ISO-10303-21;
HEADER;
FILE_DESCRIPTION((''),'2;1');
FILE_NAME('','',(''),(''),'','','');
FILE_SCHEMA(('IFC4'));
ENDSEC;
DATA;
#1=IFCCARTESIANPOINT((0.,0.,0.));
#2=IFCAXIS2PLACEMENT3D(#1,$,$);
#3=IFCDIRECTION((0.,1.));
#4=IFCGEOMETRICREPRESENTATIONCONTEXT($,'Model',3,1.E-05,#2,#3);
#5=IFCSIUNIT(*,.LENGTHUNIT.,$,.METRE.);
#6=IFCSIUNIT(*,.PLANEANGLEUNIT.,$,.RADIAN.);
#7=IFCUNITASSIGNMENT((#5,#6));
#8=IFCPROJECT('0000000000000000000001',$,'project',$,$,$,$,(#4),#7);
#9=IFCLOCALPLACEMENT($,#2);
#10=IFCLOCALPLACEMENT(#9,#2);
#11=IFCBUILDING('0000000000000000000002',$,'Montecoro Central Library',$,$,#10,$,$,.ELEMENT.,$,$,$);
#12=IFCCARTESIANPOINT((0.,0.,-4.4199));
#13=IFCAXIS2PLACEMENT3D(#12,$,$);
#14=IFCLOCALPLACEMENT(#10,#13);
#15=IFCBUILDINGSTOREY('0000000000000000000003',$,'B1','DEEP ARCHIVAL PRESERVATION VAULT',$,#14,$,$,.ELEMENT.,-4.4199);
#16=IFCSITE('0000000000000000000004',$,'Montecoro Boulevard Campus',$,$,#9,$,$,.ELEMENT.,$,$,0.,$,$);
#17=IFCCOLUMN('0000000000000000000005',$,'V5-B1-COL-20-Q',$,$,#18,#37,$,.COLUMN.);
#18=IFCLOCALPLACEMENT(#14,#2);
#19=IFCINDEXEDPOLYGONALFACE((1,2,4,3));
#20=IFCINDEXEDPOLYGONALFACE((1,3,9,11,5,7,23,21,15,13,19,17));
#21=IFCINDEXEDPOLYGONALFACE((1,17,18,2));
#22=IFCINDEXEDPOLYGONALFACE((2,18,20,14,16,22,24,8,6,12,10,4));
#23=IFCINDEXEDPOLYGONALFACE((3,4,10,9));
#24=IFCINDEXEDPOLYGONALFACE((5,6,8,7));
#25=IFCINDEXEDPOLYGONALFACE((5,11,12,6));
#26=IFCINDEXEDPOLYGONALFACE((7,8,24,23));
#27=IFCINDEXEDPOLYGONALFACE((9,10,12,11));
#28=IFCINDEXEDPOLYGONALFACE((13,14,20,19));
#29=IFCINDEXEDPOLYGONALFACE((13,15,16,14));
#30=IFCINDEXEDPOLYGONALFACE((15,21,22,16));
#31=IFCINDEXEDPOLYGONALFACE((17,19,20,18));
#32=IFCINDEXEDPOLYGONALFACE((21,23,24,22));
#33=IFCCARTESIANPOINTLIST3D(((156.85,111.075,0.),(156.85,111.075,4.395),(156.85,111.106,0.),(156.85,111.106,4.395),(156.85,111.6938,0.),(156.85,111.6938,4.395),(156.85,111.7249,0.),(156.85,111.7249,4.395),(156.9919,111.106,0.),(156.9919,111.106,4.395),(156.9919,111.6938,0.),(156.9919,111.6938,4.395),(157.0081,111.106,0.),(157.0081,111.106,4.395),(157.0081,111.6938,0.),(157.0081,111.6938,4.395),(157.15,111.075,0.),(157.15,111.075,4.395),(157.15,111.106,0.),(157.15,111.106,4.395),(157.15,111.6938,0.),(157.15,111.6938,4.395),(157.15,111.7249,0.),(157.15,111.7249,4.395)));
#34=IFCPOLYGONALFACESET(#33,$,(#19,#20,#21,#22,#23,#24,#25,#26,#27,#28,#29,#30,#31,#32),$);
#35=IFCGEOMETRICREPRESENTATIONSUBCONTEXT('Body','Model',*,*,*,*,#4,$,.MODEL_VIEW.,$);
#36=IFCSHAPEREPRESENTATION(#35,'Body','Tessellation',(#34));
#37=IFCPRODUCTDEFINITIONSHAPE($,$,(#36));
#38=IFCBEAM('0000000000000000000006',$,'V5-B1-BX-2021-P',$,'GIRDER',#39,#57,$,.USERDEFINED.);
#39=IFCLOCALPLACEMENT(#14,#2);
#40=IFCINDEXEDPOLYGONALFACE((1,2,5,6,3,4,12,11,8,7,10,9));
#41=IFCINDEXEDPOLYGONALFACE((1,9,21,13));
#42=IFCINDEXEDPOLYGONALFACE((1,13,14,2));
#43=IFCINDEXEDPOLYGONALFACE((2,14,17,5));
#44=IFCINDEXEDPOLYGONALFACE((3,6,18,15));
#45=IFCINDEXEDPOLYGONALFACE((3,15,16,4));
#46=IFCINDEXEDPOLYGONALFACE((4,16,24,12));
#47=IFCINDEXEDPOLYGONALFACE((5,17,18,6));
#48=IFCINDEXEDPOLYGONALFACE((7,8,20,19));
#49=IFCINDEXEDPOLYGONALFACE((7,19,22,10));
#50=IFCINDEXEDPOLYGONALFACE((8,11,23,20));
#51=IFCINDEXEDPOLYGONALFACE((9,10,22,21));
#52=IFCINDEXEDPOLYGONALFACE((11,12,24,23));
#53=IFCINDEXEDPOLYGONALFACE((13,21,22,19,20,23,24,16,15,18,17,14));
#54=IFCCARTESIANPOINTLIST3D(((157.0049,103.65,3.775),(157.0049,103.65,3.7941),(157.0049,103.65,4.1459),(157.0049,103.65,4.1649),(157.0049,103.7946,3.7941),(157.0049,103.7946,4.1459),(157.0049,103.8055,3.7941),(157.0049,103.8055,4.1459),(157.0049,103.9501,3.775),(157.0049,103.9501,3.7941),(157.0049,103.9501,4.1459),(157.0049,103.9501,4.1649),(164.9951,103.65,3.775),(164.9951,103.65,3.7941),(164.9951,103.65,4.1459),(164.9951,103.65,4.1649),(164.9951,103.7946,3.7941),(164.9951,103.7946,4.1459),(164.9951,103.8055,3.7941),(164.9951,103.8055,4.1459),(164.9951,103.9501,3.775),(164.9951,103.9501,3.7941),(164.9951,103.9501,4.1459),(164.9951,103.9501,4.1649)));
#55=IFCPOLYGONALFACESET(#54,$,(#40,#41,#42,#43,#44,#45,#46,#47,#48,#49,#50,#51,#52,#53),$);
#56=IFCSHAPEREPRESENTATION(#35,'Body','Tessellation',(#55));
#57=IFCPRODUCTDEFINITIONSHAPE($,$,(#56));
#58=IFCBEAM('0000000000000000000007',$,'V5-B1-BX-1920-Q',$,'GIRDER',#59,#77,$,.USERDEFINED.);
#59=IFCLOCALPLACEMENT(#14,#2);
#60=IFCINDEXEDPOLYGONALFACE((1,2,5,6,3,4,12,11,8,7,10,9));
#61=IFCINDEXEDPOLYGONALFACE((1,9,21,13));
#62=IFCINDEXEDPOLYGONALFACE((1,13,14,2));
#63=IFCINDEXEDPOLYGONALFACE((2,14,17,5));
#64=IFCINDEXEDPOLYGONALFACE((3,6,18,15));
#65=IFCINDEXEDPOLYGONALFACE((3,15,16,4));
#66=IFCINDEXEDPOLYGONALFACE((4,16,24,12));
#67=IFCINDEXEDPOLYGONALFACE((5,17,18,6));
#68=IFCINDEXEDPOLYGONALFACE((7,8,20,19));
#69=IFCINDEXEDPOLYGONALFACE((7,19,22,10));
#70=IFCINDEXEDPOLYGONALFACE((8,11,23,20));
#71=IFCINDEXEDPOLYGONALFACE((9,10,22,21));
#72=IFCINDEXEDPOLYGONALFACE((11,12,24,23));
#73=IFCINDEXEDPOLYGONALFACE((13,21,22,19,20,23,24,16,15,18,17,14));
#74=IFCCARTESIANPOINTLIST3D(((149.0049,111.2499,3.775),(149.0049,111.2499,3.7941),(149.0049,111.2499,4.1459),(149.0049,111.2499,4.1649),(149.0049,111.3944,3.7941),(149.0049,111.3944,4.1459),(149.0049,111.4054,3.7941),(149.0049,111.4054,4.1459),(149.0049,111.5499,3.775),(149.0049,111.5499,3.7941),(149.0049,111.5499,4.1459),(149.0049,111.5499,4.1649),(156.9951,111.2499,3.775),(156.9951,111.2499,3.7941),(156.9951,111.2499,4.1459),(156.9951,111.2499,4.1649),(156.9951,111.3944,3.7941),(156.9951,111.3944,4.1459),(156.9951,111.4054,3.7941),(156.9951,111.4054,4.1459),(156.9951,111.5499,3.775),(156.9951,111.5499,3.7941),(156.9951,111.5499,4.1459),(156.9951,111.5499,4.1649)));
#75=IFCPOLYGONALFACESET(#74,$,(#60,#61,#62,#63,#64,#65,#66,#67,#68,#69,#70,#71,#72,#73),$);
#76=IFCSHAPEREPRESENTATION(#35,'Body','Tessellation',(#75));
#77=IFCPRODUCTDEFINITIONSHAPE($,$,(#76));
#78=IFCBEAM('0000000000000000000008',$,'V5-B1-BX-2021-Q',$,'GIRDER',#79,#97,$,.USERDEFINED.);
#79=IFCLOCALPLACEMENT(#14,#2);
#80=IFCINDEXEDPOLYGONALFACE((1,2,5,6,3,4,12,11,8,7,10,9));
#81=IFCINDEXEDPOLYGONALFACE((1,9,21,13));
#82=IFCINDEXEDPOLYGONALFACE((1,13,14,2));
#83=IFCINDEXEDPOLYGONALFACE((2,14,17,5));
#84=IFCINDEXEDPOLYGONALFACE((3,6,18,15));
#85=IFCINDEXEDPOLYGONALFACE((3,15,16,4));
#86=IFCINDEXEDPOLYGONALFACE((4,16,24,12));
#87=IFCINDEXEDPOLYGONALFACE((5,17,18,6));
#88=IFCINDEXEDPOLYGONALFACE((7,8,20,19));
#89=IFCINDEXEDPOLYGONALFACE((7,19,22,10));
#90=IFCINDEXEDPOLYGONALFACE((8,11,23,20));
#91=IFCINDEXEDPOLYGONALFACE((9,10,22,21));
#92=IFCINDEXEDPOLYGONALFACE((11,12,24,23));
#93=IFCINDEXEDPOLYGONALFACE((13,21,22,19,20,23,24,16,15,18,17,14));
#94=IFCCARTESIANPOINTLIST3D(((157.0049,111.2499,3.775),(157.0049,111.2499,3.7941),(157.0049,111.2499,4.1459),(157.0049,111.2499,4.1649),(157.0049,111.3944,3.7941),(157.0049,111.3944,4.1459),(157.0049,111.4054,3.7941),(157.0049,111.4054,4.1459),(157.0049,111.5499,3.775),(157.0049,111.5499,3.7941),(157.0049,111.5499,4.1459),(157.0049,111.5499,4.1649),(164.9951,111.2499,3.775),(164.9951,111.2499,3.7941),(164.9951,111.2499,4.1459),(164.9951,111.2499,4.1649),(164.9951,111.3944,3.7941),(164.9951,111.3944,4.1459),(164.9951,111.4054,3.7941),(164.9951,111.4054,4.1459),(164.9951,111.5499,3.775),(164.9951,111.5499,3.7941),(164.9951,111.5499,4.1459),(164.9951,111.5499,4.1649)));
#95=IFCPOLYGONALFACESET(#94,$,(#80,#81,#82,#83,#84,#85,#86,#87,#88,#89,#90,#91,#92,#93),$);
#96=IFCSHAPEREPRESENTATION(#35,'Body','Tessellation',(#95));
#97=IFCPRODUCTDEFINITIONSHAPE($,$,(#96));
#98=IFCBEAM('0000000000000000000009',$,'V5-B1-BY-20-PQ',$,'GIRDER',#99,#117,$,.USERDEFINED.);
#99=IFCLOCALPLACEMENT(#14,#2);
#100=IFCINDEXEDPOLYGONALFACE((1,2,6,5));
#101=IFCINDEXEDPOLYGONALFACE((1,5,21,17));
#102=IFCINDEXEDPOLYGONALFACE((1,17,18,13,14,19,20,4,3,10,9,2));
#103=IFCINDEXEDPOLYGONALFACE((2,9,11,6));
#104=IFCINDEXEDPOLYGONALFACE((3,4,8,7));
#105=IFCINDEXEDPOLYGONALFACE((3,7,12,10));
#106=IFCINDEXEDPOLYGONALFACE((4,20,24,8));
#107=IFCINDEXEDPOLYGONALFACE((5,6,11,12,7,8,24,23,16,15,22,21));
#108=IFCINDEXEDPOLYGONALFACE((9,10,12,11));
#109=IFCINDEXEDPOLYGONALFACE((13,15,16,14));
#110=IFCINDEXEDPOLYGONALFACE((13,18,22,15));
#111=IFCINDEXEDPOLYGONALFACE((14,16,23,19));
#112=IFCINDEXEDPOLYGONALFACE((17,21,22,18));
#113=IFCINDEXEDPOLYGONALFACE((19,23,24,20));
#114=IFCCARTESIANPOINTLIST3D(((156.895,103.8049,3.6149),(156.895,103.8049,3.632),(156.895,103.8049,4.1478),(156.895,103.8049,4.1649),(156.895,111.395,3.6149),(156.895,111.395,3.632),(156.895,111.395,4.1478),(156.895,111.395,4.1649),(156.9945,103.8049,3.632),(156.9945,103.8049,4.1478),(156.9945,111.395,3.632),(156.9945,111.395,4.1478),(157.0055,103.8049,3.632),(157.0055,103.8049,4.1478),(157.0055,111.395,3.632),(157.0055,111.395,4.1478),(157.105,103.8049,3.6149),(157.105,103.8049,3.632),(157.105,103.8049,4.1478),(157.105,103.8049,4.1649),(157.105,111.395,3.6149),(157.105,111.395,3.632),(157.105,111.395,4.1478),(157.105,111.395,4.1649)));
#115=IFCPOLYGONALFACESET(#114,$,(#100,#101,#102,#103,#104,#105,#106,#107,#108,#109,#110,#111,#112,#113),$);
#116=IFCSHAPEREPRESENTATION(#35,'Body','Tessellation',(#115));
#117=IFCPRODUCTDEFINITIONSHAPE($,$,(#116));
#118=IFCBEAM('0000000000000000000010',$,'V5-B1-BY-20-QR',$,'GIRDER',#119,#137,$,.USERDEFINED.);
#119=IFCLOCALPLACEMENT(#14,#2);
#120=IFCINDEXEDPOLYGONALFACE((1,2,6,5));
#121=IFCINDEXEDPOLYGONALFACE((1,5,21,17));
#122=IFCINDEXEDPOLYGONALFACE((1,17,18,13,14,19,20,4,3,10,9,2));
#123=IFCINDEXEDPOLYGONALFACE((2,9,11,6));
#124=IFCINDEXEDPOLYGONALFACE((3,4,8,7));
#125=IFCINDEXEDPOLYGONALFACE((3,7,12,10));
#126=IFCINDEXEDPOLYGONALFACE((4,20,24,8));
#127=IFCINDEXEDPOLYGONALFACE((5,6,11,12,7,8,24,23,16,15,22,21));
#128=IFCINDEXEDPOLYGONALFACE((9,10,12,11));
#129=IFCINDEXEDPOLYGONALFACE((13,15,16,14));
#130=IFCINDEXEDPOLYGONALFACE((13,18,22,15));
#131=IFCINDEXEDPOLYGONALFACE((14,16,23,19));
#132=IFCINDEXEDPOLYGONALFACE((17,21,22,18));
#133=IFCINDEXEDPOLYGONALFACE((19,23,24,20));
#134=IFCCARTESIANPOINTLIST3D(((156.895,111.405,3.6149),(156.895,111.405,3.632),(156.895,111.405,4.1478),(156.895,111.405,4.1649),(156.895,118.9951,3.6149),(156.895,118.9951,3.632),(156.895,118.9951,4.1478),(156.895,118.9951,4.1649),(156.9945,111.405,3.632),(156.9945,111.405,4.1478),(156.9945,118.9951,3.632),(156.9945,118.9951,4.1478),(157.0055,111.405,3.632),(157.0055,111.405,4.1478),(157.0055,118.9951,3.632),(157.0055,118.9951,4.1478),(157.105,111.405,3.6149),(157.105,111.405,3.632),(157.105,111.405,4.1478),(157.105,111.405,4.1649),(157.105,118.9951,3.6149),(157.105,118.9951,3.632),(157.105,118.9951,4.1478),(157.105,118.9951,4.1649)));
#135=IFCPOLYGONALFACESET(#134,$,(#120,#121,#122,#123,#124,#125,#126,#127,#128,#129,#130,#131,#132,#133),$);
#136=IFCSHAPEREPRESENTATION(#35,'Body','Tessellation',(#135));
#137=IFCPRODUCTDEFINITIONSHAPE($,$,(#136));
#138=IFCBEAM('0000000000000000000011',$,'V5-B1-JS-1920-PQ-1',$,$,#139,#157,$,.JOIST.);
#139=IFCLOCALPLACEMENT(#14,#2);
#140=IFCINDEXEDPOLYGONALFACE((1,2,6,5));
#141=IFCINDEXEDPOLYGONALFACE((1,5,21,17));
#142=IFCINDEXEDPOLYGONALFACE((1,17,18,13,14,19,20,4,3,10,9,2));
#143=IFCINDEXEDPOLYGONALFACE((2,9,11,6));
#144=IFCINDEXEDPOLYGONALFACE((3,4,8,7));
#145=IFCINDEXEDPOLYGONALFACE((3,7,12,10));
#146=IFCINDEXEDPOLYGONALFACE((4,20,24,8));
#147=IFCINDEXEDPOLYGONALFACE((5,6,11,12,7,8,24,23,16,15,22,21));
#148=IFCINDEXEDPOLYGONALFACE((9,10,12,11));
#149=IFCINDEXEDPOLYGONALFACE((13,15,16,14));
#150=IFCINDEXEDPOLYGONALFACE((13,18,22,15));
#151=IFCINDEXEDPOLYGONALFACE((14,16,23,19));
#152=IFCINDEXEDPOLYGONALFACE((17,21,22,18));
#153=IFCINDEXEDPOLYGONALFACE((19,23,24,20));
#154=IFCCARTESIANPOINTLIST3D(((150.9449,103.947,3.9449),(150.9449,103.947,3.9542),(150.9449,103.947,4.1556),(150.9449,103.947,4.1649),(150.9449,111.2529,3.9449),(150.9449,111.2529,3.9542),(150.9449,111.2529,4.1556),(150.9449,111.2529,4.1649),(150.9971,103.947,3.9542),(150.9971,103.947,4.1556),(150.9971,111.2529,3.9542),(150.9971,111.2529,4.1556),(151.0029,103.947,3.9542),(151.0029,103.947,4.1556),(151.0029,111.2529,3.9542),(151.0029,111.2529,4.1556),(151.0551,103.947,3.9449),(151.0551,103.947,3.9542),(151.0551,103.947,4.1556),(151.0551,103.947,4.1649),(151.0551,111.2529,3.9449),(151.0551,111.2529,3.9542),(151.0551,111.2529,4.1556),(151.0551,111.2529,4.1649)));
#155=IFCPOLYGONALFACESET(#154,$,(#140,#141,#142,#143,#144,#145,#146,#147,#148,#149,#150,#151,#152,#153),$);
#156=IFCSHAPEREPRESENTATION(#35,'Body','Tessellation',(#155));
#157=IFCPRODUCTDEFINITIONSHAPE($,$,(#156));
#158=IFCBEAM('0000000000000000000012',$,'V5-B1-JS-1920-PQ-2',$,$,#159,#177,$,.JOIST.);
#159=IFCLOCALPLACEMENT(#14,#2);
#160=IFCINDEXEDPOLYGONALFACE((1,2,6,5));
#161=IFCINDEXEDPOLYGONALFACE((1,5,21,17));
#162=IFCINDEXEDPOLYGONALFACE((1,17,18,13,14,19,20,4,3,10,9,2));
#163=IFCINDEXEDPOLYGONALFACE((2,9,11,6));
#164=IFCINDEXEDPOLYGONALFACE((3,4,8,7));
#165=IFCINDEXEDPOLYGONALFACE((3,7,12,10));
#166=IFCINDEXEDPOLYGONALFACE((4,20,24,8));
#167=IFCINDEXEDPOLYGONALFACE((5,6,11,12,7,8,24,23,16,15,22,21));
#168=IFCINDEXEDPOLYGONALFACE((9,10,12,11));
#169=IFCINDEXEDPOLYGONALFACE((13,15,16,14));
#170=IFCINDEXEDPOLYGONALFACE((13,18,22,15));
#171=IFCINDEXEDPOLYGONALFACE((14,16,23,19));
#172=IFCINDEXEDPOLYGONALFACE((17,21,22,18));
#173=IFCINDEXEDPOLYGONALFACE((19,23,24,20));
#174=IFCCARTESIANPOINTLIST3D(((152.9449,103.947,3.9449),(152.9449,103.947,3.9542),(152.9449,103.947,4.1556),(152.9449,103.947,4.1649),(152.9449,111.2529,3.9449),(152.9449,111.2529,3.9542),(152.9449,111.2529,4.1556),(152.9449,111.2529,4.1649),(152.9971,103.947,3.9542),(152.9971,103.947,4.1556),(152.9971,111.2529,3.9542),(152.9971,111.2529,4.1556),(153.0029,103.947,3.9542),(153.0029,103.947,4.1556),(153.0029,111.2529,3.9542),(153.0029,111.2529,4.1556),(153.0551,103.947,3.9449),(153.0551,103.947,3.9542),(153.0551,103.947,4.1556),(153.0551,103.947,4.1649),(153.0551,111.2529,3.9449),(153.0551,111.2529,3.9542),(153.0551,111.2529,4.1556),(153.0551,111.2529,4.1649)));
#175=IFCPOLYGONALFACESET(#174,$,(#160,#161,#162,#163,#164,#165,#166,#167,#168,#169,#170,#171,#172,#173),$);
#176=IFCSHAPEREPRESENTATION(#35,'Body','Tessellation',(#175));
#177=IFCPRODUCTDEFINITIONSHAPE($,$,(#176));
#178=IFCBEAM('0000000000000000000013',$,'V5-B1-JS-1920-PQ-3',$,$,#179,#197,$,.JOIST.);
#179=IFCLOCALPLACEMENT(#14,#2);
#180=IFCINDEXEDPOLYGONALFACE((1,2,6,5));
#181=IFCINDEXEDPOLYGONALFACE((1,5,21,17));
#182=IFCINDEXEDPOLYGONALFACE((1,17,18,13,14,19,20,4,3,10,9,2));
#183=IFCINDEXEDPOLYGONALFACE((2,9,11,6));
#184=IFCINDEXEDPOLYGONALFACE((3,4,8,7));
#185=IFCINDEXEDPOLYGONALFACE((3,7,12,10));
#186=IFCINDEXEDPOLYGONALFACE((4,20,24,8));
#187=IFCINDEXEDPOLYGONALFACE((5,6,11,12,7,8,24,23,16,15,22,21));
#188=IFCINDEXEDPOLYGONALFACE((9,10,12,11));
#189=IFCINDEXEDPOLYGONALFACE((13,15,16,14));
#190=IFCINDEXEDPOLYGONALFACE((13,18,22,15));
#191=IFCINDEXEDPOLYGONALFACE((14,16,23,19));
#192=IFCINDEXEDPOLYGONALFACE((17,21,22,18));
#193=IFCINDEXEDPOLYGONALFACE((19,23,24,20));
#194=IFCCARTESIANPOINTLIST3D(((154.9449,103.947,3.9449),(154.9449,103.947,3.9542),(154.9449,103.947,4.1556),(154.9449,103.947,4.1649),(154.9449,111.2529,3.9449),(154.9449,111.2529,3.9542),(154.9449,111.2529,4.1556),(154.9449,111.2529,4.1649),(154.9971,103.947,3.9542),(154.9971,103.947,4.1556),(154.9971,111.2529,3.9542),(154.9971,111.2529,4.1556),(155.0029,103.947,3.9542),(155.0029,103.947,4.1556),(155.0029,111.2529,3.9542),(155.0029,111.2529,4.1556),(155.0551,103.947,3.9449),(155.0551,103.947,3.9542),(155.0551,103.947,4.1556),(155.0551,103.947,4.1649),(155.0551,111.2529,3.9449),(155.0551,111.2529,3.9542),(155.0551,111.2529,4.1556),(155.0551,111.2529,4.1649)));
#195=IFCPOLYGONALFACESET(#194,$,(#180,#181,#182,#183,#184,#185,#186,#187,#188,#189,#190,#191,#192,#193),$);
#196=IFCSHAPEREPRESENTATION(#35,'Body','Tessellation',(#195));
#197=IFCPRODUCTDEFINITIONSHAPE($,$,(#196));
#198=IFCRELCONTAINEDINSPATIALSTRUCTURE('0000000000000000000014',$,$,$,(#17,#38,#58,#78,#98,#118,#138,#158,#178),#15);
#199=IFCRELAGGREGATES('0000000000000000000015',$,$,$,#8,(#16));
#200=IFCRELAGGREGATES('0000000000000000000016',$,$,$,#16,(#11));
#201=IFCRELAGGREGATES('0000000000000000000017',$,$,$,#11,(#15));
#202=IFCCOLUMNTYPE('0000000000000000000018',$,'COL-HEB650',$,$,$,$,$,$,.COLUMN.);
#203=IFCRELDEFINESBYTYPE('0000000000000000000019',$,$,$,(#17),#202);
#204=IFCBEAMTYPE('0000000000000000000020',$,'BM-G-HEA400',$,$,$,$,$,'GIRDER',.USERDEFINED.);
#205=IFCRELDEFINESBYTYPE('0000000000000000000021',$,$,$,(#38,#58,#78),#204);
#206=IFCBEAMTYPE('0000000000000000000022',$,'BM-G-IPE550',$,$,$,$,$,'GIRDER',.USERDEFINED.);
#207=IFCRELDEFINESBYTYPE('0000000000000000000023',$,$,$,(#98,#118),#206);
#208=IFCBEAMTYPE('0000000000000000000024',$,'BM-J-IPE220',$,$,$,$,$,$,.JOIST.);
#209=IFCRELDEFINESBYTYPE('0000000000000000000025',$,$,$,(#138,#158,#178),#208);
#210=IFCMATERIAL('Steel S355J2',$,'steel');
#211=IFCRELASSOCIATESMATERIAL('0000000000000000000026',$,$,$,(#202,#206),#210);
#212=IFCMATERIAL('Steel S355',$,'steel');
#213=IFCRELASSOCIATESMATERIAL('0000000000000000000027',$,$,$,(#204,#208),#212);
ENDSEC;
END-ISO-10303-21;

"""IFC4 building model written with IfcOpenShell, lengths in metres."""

from ifc_helpers import new_model, si_unit, direction, frame, origin, origin_2d, place, context, subcontext, project, spatial, i_section, extrude, material, material_profile, profile_set, type_object, element, save


model = new_model("IFC4")

# Units and contexts
model_context = context("Model", 3, precision=1e-05, world=origin(), true_north=direction((0.0, 1.0)))
body_context = subcontext(model_context, "Body", "Model", "MODEL_VIEW")
ifc_project = project(units=[si_unit("LENGTHUNIT", "METRE"), si_unit("PLANEANGLEUNIT", "RADIAN")], contexts=[model_context])

# Site, building, storey
site_placement = place(None, origin())
site = spatial("IfcSite", under=ifc_project, at=site_placement, Name="Montecoro Boulevard Campus", CompositionType="ELEMENT", RefElevation=0.0)
building_placement = place(site_placement, origin())
building = spatial("IfcBuilding", under=site, at=building_placement, Name="Montecoro Central Library", CompositionType="ELEMENT")
storey_placement = place(building_placement, frame((0.0, 0.0, -4.4199)))
storey = spatial("IfcBuildingStorey", under=building, at=storey_placement, Name="B1", Description="DEEP ARCHIVAL PRESERVATION VAULT", CompositionType="ELEMENT", Elevation=-4.4199)

# Column
ifc_material_1 = material(Name="Steel S355J2", Category="steel")
ifc_material_profile_1 = material_profile(ifc_material_1, i_section(OverallWidth=0.3, OverallDepth=0.6499, WebThickness=0.0161, FlangeThickness=0.031, at=origin_2d()), Name="HEB 650")
ifc_profile_set_1 = profile_set([ifc_material_profile_1], Name="Steel S355J2")
column_type = type_object("IfcColumnType", Name="COL-HEB650", PredefinedType="COLUMN", material=ifc_profile_set_1)
for number, where, z_axis, x_axis, name in (
    (1, (157.0, 111.3999, 0.0), (0.0, 0.0, 1.0), (1.0, 0.0, 0.0), "V5-B1-COL-20-Q"),
):
    element("IfcColumn", number, at=place(storey_placement, frame(where, z_axis=z_axis, x_axis=x_axis)), inside=storey, type_object=column_type, Name=name, PredefinedType="COLUMN", context=body_context, shape_type="SweptSolid", body=[
        extrude(i_section(OverallWidth=0.3, OverallDepth=0.6499, WebThickness=0.0161, FlangeThickness=0.031, at=origin_2d()), origin(), (0.0, 0.0, 1.0), 4.395),
    ])

# Beams
ifc_material_2 = material(Name="Steel S355", Category="steel")
ifc_material_profile_2 = material_profile(ifc_material_2, i_section(OverallWidth=0.3, OverallDepth=0.3899, WebThickness=0.011, FlangeThickness=0.019, at=origin_2d()), Name="HEA 400")
ifc_profile_set_2 = profile_set([ifc_material_profile_2], Name="Steel S355")
beam_type_1 = type_object("IfcBeamType", Name="BM-G-HEA400", ElementType="GIRDER", PredefinedType="USERDEFINED", material=ifc_profile_set_2)
for number, where, z_axis, x_axis, name in (
    (2, (157.0049, 103.8, 3.97), (1.0, 0.0, 0.0), (0.0, 1.0, 0.0), "V5-B1-BX-2021-P"),
    (3, (149.0049, 111.3999, 3.97), (1.0, 0.0, 0.0), (0.0, 1.0, 0.0), "V5-B1-BX-1920-Q"),
    (4, (157.0049, 111.3999, 3.97), (1.0, 0.0, 0.0), (0.0, 1.0, 0.0), "V5-B1-BX-2021-Q"),
):
    element("IfcBeam", number, at=place(storey_placement, frame(where, z_axis=z_axis, x_axis=x_axis)), inside=storey, type_object=beam_type_1, Name=name, ObjectType="GIRDER", PredefinedType="USERDEFINED", context=body_context, shape_type="SweptSolid", body=[
        extrude(i_section(OverallWidth=0.3, OverallDepth=0.3899, WebThickness=0.011, FlangeThickness=0.019, at=origin_2d()), origin(), (0.0, 0.0, 1.0), 7.9902),
    ])
ifc_material_profile_3 = material_profile(ifc_material_1, i_section(OverallWidth=0.21, OverallDepth=0.55, WebThickness=0.011, FlangeThickness=0.0171, at=origin_2d()), Name="IPE 550")
ifc_profile_set_3 = profile_set([ifc_material_profile_3], Name="Steel S355J2")
beam_type_2 = type_object("IfcBeamType", Name="BM-G-IPE550", ElementType="GIRDER", PredefinedType="USERDEFINED", material=ifc_profile_set_3)
for number, where, z_axis, x_axis, name in (
    (5, (157.0, 103.8049, 3.8899), (0.0, 1.0, 0.0), (-1.0, 0.0, 0.0), "V5-B1-BY-20-PQ"),
    (6, (157.0, 111.405, 3.8899), (0.0, 1.0, 0.0), (-1.0, 0.0, 0.0), "V5-B1-BY-20-QR"),
):
    element("IfcBeam", number, at=place(storey_placement, frame(where, z_axis=z_axis, x_axis=x_axis)), inside=storey, type_object=beam_type_2, Name=name, ObjectType="GIRDER", PredefinedType="USERDEFINED", context=body_context, shape_type="SweptSolid", body=[
        extrude(i_section(OverallWidth=0.21, OverallDepth=0.55, WebThickness=0.011, FlangeThickness=0.0171, at=origin_2d()), origin(), (0.0, 0.0, 1.0), 7.5901),
    ])
ifc_material_profile_4 = material_profile(ifc_material_2, i_section(OverallWidth=0.1101, OverallDepth=0.22, WebThickness=0.0059, FlangeThickness=0.0093, at=origin_2d()), Name="IPE 220")
ifc_profile_set_4 = profile_set([ifc_material_profile_4], Name="Steel S355")
beam_type_3 = type_object("IfcBeamType", Name="BM-J-IPE220", PredefinedType="JOIST", material=ifc_profile_set_4)
for number, where, z_axis, x_axis, name in (
    (7, (151.0, 103.947, 4.0549), (0.0, 1.0, 0.0), (-1.0, 0.0, 0.0), "V5-B1-JS-1920-PQ-1"),
    (8, (153.0, 103.947, 4.0549), (0.0, 1.0, 0.0), (-1.0, 0.0, 0.0), "V5-B1-JS-1920-PQ-2"),
    (9, (155.0, 103.947, 4.0549), (0.0, 1.0, 0.0), (-1.0, 0.0, 0.0), "V5-B1-JS-1920-PQ-3"),
):
    element("IfcBeam", number, at=place(storey_placement, frame(where, z_axis=z_axis, x_axis=x_axis)), inside=storey, type_object=beam_type_3, Name=name, PredefinedType="JOIST", context=body_context, shape_type="SweptSolid", body=[
        extrude(i_section(OverallWidth=0.1101, OverallDepth=0.22, WebThickness=0.0059, FlangeThickness=0.0093, at=origin_2d()), origin(), (0.0, 0.0, 1.0), 7.3059),
    ])

save(model, "model.ifc")
